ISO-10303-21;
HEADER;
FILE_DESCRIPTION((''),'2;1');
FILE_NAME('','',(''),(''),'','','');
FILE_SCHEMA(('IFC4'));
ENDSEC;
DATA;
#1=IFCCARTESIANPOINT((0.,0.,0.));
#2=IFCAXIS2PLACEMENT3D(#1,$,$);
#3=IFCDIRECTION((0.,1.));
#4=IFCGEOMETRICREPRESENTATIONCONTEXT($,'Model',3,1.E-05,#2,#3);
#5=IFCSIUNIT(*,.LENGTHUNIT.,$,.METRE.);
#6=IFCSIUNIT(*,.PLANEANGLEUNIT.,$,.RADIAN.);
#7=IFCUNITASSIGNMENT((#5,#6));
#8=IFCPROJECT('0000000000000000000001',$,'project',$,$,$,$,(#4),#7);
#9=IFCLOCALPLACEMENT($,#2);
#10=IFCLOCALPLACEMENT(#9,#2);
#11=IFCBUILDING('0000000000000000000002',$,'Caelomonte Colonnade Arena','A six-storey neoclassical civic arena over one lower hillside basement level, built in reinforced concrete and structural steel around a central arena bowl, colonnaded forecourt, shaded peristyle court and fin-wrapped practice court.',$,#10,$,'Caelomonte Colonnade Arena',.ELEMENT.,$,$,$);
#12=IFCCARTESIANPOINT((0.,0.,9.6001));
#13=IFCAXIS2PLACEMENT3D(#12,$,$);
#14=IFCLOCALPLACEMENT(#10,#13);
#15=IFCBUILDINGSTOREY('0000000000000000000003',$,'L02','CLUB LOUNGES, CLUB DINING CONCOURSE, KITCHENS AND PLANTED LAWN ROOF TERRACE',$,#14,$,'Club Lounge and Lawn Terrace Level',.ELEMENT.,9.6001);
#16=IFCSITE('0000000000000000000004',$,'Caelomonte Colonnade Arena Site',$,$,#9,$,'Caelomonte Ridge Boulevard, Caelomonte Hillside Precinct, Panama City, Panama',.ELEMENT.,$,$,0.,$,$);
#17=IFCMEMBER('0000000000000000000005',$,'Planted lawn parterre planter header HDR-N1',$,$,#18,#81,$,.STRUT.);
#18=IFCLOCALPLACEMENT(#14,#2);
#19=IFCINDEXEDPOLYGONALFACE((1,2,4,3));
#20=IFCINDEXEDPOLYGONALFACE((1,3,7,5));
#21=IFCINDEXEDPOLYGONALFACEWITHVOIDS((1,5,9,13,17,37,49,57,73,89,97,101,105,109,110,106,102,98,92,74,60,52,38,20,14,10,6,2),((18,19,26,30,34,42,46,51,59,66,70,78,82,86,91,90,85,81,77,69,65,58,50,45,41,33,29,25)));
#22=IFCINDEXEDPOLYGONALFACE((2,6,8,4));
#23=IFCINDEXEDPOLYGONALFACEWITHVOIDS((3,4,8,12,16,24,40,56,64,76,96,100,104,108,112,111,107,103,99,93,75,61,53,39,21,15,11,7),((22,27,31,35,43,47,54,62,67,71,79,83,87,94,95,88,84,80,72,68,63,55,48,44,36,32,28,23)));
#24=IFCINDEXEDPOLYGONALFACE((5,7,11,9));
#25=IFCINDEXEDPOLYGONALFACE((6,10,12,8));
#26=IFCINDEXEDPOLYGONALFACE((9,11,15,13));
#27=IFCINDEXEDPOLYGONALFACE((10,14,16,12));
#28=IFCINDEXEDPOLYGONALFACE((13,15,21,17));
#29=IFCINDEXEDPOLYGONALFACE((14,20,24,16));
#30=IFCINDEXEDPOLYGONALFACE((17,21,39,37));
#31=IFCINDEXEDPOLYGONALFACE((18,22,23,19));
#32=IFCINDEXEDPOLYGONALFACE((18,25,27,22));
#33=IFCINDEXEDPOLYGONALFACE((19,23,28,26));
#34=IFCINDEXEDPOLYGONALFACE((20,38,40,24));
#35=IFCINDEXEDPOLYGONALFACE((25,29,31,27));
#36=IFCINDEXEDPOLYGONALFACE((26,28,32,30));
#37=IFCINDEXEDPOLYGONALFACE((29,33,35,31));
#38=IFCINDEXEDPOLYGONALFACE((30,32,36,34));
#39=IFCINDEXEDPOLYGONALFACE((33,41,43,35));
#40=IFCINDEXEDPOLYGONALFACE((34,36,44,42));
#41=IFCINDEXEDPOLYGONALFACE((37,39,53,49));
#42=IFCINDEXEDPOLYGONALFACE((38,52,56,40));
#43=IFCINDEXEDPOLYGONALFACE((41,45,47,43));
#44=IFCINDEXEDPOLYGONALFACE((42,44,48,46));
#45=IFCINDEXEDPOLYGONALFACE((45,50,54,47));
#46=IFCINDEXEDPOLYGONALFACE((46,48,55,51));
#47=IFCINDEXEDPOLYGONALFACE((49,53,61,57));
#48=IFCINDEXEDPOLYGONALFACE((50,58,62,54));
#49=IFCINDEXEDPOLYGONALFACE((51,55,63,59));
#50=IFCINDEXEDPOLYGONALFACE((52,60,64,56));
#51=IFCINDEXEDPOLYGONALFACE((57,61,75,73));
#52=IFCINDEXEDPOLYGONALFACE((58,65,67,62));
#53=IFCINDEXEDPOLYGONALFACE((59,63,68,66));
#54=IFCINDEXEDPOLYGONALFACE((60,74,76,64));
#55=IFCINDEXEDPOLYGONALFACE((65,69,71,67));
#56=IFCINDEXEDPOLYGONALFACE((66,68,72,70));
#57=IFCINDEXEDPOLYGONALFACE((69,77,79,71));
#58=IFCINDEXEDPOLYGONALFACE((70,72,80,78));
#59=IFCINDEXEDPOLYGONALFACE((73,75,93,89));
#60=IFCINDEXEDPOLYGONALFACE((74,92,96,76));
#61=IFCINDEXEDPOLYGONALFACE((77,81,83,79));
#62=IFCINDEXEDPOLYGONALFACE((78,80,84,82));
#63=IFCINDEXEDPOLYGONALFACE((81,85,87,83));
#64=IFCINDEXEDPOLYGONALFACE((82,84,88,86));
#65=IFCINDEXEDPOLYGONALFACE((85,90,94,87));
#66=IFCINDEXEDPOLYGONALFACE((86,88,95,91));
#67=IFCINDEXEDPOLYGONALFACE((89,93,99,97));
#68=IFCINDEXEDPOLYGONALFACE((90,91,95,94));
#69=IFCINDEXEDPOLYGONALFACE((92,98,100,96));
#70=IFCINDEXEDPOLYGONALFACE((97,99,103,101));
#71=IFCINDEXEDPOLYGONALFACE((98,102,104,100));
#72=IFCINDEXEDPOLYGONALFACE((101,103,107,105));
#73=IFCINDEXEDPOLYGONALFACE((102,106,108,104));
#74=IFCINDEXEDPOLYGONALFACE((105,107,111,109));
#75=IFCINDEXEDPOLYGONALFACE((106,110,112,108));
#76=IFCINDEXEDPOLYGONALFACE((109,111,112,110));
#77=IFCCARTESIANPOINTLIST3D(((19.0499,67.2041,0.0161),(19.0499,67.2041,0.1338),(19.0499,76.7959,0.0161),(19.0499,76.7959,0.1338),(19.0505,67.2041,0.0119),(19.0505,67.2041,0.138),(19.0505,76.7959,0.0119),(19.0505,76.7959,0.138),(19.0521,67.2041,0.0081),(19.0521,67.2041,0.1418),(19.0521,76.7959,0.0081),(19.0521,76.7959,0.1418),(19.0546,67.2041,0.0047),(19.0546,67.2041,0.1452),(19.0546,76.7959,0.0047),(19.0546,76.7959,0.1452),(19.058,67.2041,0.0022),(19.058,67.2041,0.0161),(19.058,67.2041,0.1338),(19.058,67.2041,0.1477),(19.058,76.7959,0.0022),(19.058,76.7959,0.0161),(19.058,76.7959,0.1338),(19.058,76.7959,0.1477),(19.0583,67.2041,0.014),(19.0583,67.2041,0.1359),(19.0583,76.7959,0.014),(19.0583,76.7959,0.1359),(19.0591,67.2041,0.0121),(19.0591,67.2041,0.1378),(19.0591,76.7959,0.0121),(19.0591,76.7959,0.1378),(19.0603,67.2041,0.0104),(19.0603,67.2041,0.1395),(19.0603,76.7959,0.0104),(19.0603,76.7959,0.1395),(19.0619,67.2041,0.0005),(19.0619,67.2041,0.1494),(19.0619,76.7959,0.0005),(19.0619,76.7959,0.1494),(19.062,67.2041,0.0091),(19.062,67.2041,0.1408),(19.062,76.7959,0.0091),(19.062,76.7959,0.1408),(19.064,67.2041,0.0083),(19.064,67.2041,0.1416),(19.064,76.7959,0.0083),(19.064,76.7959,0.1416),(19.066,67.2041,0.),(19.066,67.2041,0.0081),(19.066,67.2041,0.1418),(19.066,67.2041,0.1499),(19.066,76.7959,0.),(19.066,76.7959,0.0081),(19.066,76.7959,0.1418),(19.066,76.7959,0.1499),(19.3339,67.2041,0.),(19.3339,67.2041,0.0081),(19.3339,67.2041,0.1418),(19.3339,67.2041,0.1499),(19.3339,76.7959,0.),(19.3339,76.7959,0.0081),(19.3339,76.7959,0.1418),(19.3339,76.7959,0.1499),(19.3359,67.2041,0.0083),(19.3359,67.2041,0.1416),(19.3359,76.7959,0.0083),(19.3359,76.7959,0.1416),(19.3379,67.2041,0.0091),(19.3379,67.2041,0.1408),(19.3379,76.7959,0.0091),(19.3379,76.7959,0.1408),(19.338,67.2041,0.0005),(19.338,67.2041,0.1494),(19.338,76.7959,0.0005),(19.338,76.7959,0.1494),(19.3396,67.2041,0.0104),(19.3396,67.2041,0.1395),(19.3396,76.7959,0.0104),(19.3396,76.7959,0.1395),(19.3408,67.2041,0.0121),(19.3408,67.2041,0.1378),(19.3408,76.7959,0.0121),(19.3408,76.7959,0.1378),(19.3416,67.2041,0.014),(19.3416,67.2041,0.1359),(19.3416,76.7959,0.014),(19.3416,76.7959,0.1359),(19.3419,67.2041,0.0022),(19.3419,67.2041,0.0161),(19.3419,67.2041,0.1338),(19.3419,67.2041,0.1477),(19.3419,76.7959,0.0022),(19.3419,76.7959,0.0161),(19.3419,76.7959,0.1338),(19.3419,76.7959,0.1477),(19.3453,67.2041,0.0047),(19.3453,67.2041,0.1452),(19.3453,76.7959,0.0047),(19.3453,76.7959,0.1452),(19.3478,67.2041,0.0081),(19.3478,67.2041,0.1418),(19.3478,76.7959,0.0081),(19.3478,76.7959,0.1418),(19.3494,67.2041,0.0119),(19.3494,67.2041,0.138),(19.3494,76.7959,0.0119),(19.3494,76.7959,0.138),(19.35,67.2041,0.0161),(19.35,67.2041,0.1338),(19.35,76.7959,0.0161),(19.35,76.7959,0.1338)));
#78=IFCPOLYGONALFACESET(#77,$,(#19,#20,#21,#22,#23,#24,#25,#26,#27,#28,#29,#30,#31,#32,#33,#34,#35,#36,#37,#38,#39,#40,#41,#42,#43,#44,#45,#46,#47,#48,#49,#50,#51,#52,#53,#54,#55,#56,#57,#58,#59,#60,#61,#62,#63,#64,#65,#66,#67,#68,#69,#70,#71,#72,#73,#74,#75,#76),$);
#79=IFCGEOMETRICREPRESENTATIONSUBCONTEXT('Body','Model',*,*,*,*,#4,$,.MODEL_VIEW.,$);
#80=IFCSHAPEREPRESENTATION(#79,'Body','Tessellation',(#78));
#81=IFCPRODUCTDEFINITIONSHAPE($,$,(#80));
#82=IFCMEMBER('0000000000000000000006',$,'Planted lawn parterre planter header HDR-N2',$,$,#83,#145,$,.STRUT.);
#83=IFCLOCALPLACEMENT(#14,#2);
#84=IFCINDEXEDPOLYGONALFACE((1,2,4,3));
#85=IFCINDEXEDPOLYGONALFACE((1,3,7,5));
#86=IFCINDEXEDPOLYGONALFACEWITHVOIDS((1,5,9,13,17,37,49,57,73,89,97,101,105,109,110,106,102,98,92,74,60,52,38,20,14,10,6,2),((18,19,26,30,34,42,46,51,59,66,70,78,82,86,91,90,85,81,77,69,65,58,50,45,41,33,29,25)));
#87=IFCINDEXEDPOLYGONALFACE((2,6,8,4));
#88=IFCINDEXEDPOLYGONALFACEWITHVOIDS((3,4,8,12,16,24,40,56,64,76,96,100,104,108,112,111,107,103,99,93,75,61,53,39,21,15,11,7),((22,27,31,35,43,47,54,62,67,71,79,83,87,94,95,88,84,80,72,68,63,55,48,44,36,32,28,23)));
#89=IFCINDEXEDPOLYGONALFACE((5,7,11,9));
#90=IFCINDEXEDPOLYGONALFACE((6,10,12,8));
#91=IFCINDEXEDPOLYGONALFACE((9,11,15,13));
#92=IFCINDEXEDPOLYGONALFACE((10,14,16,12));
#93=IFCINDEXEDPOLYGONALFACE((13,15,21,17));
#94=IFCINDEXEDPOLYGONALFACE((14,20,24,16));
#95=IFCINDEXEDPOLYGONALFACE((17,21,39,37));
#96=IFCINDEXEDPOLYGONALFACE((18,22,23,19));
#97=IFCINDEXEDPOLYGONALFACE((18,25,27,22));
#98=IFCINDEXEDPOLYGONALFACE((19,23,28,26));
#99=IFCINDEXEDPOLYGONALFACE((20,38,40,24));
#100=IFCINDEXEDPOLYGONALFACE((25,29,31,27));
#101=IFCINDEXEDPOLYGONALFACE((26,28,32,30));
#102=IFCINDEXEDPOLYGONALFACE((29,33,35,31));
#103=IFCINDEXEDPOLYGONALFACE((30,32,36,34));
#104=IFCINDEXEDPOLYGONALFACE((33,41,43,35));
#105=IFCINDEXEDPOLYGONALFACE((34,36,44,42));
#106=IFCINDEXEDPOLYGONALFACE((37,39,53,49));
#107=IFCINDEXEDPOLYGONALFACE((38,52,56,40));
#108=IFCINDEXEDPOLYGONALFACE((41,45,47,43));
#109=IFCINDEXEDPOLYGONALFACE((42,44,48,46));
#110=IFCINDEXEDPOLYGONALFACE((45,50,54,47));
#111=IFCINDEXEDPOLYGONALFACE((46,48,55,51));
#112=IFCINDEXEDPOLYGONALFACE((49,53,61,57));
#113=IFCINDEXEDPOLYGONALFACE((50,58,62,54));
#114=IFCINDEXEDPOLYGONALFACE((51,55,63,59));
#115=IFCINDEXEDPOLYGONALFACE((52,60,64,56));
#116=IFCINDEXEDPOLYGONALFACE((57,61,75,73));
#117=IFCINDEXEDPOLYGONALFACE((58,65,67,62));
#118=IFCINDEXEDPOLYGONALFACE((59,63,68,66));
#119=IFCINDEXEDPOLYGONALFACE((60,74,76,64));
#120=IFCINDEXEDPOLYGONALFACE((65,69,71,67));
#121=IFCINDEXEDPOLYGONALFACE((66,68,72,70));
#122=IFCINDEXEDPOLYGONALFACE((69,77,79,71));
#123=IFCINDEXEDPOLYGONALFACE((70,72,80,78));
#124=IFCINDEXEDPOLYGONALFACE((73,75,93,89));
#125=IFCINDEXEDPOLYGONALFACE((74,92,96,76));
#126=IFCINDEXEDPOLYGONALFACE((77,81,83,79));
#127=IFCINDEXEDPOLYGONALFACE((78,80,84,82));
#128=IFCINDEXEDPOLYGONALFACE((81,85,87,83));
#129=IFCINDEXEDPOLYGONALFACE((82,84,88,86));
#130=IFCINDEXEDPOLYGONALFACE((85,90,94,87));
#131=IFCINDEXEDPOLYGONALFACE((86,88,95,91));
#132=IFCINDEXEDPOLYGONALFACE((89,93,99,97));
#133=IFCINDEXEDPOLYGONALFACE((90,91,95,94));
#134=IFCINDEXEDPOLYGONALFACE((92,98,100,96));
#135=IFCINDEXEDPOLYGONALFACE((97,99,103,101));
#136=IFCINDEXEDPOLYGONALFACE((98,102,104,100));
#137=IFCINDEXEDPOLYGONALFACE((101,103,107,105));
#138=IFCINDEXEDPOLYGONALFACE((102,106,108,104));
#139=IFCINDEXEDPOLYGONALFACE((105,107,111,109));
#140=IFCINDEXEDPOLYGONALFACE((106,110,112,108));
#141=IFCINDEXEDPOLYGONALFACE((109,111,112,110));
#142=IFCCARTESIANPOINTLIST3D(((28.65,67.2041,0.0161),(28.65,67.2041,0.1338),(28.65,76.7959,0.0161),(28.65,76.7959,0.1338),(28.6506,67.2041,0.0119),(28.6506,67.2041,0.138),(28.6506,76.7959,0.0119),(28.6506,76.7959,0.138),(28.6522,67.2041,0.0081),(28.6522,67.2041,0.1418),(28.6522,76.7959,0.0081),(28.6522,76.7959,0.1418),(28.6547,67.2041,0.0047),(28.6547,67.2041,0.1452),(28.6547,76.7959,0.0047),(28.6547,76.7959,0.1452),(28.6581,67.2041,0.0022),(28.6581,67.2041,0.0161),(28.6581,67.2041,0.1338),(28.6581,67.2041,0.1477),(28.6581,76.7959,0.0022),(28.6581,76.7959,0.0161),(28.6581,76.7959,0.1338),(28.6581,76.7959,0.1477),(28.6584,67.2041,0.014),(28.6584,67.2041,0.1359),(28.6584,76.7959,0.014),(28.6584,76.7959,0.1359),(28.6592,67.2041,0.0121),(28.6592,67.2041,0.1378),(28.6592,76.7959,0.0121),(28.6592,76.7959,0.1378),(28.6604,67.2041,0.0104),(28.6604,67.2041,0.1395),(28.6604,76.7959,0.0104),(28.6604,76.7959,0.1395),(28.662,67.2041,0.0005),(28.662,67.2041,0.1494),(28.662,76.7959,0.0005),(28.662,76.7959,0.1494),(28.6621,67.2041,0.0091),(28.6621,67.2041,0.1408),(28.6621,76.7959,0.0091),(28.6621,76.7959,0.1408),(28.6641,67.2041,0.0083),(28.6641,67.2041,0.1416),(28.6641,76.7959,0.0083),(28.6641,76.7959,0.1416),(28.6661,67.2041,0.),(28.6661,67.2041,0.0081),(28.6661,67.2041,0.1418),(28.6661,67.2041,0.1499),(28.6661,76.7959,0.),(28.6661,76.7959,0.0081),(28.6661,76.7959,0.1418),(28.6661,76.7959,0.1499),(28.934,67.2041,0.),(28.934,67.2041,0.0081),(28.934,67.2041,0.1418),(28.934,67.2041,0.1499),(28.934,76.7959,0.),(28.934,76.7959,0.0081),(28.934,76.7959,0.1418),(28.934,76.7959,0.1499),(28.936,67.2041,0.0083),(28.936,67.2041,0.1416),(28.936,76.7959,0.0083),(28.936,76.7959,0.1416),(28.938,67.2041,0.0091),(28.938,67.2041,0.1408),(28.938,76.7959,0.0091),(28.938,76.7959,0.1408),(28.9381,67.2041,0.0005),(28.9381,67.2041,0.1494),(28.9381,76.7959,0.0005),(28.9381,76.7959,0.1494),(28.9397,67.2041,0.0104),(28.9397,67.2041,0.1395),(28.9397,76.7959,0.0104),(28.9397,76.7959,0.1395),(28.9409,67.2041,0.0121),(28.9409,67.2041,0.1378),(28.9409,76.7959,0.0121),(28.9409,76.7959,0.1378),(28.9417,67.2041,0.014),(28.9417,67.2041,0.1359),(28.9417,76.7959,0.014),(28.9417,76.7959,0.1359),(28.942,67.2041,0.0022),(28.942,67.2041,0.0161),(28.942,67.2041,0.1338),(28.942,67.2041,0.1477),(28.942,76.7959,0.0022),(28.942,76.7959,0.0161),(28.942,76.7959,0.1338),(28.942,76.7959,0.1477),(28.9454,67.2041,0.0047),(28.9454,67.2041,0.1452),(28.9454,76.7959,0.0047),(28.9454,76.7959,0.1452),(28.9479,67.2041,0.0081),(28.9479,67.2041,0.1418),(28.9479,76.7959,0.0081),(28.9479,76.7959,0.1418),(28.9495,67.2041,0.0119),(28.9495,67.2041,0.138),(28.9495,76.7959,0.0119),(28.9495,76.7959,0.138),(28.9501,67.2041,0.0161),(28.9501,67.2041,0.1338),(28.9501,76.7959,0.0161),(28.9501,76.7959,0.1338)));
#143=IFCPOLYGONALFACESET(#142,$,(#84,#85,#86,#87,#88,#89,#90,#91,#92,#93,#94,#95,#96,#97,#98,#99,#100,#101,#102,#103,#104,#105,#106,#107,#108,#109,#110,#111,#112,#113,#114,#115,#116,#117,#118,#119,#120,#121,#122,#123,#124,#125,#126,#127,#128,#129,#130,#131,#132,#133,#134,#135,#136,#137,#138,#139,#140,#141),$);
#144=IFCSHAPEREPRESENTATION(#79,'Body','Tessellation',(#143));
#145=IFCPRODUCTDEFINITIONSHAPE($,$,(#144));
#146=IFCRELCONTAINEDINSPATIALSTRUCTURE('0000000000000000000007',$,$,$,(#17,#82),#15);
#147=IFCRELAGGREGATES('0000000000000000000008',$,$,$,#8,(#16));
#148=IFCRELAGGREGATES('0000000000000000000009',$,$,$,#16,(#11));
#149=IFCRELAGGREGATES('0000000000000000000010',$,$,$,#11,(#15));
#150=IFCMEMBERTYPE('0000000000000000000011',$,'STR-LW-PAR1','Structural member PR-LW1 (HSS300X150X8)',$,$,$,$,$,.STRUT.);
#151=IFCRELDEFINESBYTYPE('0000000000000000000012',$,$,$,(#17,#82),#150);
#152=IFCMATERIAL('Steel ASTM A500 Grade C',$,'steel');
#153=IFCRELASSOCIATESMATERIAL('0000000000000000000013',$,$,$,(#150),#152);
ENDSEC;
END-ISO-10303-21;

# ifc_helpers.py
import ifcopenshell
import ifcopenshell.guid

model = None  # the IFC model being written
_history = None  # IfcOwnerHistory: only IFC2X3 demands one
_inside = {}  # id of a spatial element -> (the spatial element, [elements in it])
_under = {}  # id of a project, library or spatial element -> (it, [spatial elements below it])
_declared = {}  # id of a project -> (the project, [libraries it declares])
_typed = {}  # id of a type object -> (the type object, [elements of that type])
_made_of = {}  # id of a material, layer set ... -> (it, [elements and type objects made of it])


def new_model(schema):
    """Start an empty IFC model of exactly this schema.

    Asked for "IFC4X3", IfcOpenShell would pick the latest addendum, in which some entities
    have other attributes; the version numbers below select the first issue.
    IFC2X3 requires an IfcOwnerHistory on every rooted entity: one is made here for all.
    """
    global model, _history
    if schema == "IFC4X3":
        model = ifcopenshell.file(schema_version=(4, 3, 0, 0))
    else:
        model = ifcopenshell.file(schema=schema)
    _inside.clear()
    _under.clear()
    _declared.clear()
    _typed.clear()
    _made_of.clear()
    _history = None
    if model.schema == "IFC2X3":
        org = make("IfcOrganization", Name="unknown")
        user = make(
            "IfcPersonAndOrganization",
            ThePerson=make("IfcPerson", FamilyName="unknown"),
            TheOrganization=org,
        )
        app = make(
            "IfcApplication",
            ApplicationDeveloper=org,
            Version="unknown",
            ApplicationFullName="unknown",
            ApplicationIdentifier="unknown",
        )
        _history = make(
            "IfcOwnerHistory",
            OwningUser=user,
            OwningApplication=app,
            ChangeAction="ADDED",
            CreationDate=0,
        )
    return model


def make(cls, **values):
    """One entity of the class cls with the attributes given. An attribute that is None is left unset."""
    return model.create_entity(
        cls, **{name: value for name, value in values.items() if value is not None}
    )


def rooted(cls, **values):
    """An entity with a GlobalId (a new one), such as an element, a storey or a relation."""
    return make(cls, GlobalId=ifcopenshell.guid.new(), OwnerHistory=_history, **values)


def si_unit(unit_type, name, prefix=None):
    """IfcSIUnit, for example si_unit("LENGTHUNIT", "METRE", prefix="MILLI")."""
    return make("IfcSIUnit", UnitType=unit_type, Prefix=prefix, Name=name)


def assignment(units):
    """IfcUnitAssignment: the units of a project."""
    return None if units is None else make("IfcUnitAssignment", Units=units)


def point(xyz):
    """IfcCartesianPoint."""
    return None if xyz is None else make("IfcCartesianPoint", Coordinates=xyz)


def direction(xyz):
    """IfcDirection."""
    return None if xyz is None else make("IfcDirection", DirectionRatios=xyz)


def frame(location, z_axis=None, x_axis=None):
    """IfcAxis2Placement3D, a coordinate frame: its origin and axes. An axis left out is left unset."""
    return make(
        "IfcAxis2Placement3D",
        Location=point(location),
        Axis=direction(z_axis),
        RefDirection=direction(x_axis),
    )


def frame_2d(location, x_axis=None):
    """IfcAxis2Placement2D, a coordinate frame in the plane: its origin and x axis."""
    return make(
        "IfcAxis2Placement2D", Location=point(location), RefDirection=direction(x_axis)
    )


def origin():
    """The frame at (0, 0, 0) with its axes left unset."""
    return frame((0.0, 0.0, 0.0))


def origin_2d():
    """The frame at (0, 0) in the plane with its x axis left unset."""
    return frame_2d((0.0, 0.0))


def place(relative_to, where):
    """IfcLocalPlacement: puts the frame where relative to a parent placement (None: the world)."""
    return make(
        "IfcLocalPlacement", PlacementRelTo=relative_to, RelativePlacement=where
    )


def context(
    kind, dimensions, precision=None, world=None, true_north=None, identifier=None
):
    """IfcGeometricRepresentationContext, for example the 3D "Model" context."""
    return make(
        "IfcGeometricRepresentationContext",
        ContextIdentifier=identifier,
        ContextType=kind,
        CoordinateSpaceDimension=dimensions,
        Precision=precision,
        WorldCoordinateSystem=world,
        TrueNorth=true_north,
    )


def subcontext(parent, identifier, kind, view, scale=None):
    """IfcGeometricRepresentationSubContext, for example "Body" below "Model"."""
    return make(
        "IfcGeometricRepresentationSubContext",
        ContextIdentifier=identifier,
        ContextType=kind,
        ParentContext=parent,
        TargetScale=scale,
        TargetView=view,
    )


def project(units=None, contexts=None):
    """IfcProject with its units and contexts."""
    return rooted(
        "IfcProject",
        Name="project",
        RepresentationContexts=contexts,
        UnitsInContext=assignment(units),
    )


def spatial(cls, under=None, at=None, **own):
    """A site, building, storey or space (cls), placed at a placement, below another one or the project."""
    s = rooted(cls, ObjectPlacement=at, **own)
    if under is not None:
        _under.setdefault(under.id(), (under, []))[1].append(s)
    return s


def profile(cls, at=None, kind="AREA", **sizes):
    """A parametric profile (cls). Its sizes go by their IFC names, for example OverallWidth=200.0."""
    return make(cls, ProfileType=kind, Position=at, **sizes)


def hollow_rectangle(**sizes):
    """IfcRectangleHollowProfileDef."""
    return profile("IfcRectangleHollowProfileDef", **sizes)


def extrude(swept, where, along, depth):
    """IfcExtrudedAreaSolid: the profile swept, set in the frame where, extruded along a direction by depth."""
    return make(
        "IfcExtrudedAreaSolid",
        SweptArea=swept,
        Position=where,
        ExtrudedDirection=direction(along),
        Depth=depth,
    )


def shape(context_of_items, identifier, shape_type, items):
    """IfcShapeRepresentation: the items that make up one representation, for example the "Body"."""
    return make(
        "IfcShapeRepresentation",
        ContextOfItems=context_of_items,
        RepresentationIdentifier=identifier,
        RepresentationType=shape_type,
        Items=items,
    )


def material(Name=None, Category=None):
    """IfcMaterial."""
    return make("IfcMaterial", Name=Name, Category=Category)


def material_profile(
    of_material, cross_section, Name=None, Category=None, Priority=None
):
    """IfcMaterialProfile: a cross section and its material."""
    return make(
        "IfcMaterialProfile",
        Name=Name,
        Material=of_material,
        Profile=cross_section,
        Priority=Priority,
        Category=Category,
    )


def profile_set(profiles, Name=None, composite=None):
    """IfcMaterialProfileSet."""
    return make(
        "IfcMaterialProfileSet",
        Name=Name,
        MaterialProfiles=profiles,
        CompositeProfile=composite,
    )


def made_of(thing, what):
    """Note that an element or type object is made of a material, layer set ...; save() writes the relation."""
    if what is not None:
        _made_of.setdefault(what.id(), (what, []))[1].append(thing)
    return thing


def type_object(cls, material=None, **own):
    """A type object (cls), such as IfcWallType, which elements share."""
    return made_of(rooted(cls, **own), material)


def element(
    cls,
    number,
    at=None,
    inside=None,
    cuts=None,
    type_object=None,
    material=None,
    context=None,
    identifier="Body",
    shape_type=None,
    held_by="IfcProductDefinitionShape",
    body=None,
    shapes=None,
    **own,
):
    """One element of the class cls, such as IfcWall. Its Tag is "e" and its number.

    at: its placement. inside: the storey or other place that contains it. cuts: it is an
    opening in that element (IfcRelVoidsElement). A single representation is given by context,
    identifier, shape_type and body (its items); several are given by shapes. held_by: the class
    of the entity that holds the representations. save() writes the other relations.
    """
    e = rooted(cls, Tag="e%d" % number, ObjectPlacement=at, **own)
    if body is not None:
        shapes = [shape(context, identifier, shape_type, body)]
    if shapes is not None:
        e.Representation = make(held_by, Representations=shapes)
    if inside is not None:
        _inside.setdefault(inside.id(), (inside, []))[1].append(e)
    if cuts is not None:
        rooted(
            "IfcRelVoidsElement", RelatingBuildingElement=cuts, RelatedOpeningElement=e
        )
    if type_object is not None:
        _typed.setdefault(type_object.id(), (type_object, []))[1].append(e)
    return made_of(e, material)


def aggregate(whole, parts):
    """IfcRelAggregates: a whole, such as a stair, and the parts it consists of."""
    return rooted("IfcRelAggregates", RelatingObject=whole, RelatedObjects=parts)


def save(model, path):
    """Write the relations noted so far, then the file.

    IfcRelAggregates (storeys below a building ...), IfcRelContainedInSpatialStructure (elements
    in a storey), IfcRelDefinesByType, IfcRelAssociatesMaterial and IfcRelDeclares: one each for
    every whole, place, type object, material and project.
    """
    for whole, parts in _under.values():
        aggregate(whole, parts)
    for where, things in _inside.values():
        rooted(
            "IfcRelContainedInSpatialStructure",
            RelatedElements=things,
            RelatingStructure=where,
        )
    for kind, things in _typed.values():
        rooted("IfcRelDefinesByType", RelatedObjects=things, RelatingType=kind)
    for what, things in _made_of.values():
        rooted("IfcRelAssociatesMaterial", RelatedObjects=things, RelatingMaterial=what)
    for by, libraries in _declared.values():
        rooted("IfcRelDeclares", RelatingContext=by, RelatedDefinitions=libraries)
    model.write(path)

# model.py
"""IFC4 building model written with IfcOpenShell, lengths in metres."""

from ifc_helpers import new_model, si_unit, direction, frame, origin, origin_2d, place, context, subcontext, project, spatial, hollow_rectangle, extrude, material, material_profile, profile_set, type_object, element, save


model = new_model("IFC4")

# Units and contexts
model_context = context("Model", 3, precision=1e-05, world=origin(), true_north=direction((0.0, 1.0)))
body_context = subcontext(model_context, "Body", "Model", "MODEL_VIEW")
ifc_project = project(units=[si_unit("LENGTHUNIT", "METRE"), si_unit("PLANEANGLEUNIT", "RADIAN")], contexts=[model_context])

# Site, building, storey
site_placement = place(None, origin())
site = spatial("IfcSite", under=ifc_project, at=site_placement, Name="Caelomonte Colonnade Arena Site", LongName="Caelomonte Ridge Boulevard, Caelomonte Hillside Precinct, Panama City, Panama", CompositionType="ELEMENT", RefElevation=0.0)
building_placement = place(site_placement, origin())
building = spatial("IfcBuilding", under=site, at=building_placement, Name="Caelomonte Colonnade Arena", Description="A six-storey neoclassical civic arena over one lower hillside basement level, built in reinforced concrete and structural steel around a central arena bowl, colonnaded forecourt, shaded peristyle court and fin-wrapped practice court.", LongName="Caelomonte Colonnade Arena", CompositionType="ELEMENT")
storey_placement = place(building_placement, frame((0.0, 0.0, 9.6001)))
storey = spatial("IfcBuildingStorey", under=building, at=storey_placement, Name="L02", Description="CLUB LOUNGES, CLUB DINING CONCOURSE, KITCHENS AND PLANTED LAWN ROOF TERRACE", LongName="Club Lounge and Lawn Terrace Level", CompositionType="ELEMENT", Elevation=9.6001)

# Members
ifc_material_1 = material(Name="Steel ASTM A500 Grade C", Category="steel")
ifc_material_profile_1 = material_profile(ifc_material_1, hollow_rectangle(XDim=0.3, YDim=0.1499, WallThickness=0.0081, InnerFilletRadius=0.0081, OuterFilletRadius=0.0161, at=origin_2d()), Name="HSS300X150X8")
ifc_profile_set_1 = profile_set([ifc_material_profile_1], Name="Steel ASTM A500 Grade C")
member_type = type_object("IfcMemberType", Name="STR-LW-PAR1", Description="Structural member PR-LW1 (HSS300X150X8)", PredefinedType="STRUT", material=ifc_profile_set_1)
for number, where, z_axis, x_axis, name in (
    (1, (19.2, 67.2041, 0.075), (0.0, 1.0, 0.0), (-1.0, 0.0, 0.0), "Planted lawn parterre planter header HDR-N1"),
    (2, (28.8, 67.2041, 0.075), (0.0, 1.0, 0.0), (-1.0, 0.0, 0.0), "Planted lawn parterre planter header HDR-N2"),
):
    element("IfcMember", number, at=place(storey_placement, frame(where, z_axis=z_axis, x_axis=x_axis)), inside=storey, type_object=member_type, Name=name, PredefinedType="STRUT", context=body_context, shape_type="SweptSolid", body=[
        extrude(hollow_rectangle(XDim=0.3, YDim=0.1499, WallThickness=0.0081, InnerFilletRadius=0.0081, OuterFilletRadius=0.0161, at=origin_2d()), origin(), (0.0, 0.0, 1.0), 9.5918),
    ])

save(model, "model.ifc")
